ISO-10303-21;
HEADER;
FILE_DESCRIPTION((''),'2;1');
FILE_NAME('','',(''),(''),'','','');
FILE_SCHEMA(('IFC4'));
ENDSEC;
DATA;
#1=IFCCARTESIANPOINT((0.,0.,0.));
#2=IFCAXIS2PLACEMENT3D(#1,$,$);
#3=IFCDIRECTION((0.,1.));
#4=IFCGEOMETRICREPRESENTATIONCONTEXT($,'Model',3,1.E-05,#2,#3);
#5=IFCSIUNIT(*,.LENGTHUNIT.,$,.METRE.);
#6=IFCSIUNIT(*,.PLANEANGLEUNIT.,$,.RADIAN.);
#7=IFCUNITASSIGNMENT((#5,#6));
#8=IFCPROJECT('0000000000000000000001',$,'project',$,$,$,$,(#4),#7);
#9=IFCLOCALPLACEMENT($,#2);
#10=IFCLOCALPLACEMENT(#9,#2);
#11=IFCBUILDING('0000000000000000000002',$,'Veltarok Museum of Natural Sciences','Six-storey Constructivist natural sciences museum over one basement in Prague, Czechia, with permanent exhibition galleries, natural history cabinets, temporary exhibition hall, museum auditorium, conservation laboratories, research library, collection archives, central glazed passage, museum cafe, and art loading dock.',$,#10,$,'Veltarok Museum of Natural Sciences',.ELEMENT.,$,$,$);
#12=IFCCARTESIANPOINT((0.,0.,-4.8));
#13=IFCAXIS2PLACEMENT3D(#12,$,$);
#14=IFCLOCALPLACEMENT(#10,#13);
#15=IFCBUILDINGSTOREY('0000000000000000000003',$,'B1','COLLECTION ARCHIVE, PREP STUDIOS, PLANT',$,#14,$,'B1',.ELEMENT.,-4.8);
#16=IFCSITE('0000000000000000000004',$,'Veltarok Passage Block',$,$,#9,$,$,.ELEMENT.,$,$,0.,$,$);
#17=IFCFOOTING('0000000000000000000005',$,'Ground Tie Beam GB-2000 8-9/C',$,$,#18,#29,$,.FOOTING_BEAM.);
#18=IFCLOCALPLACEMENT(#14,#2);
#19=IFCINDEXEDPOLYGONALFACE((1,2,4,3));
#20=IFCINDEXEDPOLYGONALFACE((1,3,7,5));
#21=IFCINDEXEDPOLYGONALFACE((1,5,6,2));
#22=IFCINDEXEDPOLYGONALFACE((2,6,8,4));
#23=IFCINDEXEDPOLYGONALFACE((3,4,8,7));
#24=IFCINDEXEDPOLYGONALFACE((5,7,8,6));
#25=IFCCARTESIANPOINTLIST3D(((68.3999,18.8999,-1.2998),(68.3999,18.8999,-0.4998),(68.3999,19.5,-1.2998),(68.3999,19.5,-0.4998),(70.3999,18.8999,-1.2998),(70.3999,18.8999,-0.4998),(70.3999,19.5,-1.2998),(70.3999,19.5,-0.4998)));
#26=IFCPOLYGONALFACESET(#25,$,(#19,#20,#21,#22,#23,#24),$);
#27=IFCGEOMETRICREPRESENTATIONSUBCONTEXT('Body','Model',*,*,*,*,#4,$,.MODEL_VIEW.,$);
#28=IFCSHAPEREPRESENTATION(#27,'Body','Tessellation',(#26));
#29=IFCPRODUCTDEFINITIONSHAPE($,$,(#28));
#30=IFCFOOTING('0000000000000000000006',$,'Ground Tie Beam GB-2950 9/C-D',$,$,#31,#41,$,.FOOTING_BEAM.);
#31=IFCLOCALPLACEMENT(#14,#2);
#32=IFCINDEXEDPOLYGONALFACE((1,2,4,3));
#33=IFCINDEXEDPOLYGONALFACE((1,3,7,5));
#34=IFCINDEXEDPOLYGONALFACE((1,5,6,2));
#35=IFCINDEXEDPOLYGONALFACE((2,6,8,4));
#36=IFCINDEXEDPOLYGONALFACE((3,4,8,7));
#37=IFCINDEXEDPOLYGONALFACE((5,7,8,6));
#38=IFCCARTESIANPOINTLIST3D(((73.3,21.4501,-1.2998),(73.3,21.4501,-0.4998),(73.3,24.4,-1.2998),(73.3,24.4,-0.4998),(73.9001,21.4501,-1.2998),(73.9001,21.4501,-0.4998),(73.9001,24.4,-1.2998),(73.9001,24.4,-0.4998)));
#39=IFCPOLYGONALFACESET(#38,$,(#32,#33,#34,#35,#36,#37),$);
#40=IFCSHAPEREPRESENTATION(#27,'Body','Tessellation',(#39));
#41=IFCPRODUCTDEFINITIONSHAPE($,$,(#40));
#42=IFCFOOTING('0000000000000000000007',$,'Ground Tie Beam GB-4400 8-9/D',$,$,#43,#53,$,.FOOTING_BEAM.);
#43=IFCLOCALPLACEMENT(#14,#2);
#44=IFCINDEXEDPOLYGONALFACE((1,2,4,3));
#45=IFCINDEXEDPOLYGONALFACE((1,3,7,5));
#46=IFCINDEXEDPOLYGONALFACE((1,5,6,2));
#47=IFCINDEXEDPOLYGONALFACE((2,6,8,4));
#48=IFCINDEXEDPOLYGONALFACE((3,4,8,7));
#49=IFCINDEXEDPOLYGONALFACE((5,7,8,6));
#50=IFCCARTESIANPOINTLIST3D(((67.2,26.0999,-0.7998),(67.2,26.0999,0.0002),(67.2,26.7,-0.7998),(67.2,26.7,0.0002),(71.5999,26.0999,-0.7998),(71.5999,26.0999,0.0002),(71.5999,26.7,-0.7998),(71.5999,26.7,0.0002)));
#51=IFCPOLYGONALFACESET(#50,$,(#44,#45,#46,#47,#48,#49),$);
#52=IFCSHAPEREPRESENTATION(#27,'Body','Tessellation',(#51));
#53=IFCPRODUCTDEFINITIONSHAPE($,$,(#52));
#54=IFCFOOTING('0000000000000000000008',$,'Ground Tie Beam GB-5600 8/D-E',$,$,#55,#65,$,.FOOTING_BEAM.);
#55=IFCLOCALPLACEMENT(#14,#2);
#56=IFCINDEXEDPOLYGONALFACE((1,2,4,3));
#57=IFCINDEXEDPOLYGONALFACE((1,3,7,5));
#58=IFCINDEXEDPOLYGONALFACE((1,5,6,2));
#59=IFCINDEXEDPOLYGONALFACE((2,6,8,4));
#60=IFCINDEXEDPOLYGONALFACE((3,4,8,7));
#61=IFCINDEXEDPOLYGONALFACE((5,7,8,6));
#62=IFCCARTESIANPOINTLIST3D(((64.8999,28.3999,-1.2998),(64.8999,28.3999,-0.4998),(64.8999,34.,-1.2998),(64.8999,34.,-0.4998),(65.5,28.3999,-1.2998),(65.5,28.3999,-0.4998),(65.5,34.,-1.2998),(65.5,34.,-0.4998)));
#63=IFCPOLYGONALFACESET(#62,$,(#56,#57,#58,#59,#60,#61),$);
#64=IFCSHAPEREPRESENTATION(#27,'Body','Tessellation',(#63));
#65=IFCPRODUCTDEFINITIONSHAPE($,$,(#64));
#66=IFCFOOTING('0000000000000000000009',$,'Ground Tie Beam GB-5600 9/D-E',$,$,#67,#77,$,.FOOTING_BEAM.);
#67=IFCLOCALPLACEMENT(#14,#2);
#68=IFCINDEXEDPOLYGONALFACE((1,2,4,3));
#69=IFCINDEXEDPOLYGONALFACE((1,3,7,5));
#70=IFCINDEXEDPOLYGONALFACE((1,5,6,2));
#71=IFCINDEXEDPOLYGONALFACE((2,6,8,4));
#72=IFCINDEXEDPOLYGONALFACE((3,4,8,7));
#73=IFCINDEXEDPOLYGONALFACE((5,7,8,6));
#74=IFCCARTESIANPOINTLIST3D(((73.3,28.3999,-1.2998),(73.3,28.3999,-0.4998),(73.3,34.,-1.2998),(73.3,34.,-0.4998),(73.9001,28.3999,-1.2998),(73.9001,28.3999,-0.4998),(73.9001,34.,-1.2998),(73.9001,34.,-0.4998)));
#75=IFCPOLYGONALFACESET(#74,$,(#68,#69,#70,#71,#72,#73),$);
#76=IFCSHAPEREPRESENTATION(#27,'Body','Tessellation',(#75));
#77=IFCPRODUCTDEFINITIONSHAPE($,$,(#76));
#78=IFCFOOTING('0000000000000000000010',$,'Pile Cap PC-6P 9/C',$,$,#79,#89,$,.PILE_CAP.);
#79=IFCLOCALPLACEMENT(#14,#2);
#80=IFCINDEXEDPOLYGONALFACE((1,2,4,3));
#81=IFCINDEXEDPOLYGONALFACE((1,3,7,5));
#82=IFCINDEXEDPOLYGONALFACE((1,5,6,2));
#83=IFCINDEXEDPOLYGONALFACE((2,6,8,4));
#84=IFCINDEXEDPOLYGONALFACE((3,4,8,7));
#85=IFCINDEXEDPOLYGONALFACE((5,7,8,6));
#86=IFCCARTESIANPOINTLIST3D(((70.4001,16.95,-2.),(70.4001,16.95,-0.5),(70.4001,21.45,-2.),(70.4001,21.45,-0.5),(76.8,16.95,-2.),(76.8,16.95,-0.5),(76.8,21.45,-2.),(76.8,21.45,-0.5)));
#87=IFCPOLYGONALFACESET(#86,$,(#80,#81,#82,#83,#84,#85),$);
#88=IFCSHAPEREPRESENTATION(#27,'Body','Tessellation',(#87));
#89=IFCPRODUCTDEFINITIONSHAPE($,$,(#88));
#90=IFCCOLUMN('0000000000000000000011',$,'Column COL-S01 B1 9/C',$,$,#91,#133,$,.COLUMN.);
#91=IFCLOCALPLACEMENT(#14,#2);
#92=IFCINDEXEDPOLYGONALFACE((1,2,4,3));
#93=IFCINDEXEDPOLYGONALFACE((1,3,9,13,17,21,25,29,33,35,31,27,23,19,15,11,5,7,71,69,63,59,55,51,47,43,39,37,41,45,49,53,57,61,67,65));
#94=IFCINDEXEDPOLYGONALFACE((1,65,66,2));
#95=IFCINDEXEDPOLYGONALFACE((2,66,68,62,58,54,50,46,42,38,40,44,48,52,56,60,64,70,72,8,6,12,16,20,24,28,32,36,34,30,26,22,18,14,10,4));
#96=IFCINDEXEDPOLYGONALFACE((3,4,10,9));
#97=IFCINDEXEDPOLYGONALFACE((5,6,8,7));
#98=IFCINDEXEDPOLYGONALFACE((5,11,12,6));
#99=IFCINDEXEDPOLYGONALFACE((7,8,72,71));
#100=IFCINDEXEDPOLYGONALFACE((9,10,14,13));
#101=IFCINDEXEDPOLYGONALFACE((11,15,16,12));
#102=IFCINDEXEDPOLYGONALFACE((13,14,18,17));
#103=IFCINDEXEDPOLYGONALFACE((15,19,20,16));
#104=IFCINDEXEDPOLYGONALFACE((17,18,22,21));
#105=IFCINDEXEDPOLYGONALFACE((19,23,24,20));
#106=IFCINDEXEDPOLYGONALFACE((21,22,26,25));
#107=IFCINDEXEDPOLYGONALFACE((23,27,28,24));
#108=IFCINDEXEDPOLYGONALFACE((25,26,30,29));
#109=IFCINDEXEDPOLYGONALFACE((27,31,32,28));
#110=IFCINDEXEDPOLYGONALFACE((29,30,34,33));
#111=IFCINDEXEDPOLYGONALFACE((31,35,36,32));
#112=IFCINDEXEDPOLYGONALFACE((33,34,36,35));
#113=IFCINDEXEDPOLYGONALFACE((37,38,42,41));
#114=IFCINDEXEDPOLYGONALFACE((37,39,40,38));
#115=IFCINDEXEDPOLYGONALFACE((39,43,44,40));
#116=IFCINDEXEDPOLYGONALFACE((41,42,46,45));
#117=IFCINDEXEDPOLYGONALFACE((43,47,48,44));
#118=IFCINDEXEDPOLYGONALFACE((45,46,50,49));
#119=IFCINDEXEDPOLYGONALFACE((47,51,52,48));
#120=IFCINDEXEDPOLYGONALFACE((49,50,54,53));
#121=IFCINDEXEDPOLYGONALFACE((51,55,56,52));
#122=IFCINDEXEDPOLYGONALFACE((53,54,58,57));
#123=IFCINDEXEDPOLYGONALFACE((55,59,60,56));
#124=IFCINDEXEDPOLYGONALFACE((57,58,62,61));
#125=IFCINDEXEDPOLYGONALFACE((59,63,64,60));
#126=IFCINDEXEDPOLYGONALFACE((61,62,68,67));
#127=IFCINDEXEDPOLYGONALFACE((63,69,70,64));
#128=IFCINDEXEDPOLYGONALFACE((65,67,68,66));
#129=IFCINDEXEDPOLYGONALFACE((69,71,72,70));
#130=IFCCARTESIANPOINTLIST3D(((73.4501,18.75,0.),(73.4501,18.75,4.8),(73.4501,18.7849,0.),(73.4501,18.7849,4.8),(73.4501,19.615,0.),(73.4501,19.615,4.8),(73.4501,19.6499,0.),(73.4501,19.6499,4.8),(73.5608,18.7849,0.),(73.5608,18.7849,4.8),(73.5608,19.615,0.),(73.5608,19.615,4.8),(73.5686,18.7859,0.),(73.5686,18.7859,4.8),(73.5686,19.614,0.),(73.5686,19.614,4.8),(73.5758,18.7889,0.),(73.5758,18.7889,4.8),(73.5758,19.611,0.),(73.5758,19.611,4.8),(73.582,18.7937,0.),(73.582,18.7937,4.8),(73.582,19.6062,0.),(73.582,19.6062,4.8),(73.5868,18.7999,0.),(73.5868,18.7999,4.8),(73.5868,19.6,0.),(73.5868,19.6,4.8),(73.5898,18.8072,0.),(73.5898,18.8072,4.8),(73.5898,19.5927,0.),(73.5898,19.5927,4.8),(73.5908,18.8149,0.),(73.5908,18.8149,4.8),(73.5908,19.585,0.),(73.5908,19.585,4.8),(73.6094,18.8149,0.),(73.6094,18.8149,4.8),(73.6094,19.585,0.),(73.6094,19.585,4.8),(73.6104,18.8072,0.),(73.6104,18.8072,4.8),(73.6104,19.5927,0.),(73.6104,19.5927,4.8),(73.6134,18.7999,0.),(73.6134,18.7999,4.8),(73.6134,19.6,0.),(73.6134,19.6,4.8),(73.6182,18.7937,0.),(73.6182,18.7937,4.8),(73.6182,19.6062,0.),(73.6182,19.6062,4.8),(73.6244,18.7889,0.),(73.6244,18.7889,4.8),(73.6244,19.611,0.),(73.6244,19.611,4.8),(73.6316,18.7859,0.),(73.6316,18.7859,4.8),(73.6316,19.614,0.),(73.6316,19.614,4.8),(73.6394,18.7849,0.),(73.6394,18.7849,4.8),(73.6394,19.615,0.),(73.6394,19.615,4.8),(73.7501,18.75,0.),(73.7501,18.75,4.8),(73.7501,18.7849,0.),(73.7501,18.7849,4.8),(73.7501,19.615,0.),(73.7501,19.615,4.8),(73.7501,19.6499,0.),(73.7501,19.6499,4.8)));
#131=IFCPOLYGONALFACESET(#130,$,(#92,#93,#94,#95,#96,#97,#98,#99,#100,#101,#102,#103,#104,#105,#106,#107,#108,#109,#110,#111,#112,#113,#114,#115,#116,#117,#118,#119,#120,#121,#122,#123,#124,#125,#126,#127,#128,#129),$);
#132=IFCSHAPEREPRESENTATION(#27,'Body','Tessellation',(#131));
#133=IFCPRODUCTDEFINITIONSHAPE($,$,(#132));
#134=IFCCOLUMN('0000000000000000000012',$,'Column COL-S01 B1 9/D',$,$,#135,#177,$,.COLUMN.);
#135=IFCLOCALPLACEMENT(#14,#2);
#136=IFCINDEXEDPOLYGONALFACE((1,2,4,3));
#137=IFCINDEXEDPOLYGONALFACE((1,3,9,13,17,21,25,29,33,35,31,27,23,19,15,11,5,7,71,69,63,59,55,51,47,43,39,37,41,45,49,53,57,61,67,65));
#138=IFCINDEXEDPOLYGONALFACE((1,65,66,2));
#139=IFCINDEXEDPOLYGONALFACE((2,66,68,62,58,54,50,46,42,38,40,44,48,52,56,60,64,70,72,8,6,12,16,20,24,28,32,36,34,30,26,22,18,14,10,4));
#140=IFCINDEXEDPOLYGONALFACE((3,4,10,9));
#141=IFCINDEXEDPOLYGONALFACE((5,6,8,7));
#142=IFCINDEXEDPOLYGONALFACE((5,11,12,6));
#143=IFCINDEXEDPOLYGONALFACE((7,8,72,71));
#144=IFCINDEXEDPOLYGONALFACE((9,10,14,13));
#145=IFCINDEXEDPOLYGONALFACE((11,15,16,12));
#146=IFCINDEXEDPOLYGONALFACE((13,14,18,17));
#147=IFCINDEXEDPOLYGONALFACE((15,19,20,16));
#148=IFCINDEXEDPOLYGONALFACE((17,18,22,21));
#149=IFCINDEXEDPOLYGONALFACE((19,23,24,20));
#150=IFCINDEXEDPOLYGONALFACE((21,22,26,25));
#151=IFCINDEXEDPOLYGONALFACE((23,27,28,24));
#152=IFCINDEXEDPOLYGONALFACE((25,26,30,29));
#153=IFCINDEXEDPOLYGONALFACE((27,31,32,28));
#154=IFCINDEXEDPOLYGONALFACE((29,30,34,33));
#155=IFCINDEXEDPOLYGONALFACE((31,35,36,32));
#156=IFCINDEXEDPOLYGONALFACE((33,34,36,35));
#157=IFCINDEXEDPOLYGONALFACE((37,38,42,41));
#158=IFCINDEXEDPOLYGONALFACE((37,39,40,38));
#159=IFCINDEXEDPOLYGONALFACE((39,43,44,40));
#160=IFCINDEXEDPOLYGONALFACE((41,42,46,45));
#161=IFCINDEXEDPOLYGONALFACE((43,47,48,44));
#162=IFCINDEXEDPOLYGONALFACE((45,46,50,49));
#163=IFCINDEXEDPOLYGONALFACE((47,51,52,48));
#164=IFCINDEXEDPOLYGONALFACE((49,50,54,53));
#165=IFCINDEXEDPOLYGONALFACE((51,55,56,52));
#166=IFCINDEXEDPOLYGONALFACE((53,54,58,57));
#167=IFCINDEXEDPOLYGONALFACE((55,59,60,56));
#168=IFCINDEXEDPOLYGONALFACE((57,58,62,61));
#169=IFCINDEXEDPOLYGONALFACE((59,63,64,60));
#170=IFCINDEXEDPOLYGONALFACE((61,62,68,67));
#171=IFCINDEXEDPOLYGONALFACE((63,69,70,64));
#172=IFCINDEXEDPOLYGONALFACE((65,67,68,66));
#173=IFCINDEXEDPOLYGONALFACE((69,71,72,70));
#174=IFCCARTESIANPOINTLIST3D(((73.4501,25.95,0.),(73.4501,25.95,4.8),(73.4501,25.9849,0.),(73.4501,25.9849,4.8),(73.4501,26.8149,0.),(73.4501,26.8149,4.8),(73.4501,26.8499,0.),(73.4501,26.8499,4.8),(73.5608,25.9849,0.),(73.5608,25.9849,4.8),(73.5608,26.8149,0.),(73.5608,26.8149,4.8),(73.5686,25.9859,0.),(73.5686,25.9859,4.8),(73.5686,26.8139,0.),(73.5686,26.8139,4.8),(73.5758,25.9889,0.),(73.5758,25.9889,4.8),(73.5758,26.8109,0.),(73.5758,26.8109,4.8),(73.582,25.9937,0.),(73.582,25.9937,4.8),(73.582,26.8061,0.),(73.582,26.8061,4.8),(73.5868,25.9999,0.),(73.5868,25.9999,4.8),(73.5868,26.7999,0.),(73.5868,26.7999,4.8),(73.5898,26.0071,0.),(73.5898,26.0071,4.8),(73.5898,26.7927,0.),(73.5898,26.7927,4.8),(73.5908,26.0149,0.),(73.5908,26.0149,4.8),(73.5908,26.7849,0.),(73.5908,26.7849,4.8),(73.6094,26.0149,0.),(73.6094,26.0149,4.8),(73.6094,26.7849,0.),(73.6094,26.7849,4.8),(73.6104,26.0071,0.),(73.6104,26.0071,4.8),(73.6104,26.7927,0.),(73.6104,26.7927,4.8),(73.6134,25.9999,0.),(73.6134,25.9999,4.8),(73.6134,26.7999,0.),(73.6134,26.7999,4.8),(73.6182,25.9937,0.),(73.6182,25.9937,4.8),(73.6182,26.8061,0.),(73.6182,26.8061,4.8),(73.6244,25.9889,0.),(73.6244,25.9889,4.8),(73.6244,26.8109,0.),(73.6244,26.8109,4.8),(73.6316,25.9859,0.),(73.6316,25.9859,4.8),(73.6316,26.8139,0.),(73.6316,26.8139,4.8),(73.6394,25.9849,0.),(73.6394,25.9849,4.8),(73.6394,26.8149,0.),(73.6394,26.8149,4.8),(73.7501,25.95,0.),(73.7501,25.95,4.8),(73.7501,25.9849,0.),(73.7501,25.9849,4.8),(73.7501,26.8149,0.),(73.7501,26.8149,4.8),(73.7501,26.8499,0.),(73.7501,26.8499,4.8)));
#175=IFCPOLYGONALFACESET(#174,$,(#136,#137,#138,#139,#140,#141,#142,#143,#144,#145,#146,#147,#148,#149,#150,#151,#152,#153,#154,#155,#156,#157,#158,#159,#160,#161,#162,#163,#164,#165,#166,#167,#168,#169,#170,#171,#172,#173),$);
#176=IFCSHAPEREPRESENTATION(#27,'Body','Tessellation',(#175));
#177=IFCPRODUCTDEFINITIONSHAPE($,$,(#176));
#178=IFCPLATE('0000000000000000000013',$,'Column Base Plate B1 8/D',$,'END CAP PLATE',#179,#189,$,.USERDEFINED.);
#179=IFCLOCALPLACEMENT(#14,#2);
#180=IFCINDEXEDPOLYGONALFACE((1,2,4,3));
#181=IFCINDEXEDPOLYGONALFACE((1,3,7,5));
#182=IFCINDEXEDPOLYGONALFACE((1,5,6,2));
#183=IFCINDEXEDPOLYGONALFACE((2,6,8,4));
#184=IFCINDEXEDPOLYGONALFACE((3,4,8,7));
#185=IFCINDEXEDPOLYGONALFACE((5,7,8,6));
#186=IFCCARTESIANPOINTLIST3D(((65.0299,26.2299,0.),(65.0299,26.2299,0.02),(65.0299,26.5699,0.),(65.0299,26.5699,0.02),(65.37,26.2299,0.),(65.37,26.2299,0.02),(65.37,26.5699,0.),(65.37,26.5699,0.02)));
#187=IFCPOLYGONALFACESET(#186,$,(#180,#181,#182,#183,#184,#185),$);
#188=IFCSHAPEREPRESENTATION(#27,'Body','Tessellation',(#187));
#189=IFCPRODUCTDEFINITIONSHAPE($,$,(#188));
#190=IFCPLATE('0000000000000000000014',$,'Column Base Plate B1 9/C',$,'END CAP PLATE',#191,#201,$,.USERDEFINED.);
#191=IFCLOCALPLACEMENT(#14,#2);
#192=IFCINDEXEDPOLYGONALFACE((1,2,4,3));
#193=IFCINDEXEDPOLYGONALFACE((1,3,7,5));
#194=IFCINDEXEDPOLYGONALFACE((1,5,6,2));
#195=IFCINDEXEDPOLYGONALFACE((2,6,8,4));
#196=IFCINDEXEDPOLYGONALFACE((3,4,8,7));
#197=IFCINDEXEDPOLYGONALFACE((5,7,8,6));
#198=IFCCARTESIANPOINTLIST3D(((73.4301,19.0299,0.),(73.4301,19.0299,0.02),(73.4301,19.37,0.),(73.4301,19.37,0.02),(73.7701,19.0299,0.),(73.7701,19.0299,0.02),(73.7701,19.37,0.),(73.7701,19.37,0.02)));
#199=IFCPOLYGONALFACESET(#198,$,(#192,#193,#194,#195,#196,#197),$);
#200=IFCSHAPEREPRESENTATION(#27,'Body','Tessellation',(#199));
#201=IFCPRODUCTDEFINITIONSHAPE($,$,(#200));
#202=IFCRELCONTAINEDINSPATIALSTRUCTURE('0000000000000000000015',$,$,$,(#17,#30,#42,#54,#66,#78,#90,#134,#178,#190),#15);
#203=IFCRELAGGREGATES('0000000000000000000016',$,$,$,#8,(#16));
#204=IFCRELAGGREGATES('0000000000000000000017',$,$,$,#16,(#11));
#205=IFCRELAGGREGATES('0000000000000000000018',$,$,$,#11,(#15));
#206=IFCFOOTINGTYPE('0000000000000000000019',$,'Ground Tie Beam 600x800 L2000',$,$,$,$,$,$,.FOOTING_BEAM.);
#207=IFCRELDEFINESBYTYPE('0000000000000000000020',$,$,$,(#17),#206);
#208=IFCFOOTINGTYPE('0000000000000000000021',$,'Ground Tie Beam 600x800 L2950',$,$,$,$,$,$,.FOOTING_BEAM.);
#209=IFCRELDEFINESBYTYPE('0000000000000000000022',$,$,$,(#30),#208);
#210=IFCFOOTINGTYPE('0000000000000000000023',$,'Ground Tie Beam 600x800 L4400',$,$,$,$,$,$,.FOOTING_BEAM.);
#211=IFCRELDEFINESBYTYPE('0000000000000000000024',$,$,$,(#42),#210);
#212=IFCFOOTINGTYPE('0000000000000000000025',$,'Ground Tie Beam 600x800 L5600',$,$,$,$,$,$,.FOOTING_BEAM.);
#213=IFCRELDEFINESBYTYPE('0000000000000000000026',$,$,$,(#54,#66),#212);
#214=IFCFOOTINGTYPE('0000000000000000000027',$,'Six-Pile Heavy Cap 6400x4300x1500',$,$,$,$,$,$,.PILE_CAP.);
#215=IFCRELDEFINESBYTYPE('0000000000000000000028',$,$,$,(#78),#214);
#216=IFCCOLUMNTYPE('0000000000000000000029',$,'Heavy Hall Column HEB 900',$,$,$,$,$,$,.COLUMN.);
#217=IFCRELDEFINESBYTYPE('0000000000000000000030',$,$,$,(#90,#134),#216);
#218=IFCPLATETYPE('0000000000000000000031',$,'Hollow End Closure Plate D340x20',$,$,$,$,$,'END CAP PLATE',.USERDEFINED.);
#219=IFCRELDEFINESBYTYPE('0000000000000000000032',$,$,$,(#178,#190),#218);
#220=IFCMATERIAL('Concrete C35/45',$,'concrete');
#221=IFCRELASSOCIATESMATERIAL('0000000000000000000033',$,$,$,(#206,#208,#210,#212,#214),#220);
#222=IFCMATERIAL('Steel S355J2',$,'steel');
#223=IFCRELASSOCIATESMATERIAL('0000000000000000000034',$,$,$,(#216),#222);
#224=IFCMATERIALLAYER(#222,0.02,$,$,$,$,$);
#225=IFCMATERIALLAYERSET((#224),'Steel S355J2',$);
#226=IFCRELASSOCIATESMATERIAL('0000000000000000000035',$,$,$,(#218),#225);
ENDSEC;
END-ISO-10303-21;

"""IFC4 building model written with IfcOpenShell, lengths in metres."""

from ifc_helpers import new_model, si_unit, direction, frame, origin, origin_2d, place, context, subcontext, project, spatial, rectangle, i_section, extrude, material, layer, layer_set, material_profile, profile_set, type_object, element, save


model = new_model("IFC4")

# Units and contexts
model_context = context("Model", 3, precision=1e-05, world=origin(), true_north=direction((0.0, 1.0)))
body_context = subcontext(model_context, "Body", "Model", "MODEL_VIEW")
ifc_project = project(units=[si_unit("LENGTHUNIT", "METRE"), si_unit("PLANEANGLEUNIT", "RADIAN")], contexts=[model_context])

# Site, building, storey
site_placement = place(None, origin())
site = spatial("IfcSite", under=ifc_project, at=site_placement, Name="Veltarok Passage Block", CompositionType="ELEMENT", RefElevation=0.0)
building_placement = place(site_placement, origin())
building = spatial("IfcBuilding", under=site, at=building_placement, Name="Veltarok Museum of Natural Sciences", Description="Six-storey Constructivist natural sciences museum over one basement in Prague, Czechia, with permanent exhibition galleries, natural history cabinets, temporary exhibition hall, museum auditorium, conservation laboratories, research library, collection archives, central glazed passage, museum cafe, and art loading dock.", LongName="Veltarok Museum of Natural Sciences", CompositionType="ELEMENT")
storey_placement = place(building_placement, frame((0.0, 0.0, -4.8)))
storey = spatial("IfcBuildingStorey", under=building, at=storey_placement, Name="B1", Description="COLLECTION ARCHIVE, PREP STUDIOS, PLANT", LongName="B1", CompositionType="ELEMENT", Elevation=-4.8)

# Shared definitions
ifc_material_1 = material(Name="Concrete C35/45", Category="concrete")

# Footings
footing_type_1 = type_object("IfcFootingType", Name="Ground Tie Beam 600x800 L2000", PredefinedType="FOOTING_BEAM", material=ifc_material_1)
footing_1_placement = place(storey_placement, frame((69.3999, 19.2, -1.2998), z_axis=(0.0, 0.0, 1.0), x_axis=(1.0, 0.0, 0.0)))
element("IfcFooting", 1, at=footing_1_placement, inside=storey, type_object=footing_type_1, Name="Ground Tie Beam GB-2000 8-9/C", PredefinedType="FOOTING_BEAM", context=body_context, shape_type="SweptSolid", body=[
    extrude(rectangle(XDim=2.0, YDim=0.6001, at=origin_2d()), origin(), (0.0, 0.0, 1.0), 0.8),
])
footing_type_2 = type_object("IfcFootingType", Name="Ground Tie Beam 600x800 L2950", PredefinedType="FOOTING_BEAM", material=ifc_material_1)
footing_2_placement = place(storey_placement, frame((73.6001, 22.925, -1.2998), z_axis=(0.0, 0.0, 1.0), x_axis=(0.0, 1.0, 0.0)))
element("IfcFooting", 2, at=footing_2_placement, inside=storey, type_object=footing_type_2, Name="Ground Tie Beam GB-2950 9/C-D", PredefinedType="FOOTING_BEAM", context=body_context, shape_type="SweptSolid", body=[
    extrude(rectangle(XDim=2.95, YDim=0.6001, at=origin_2d()), origin(), (0.0, 0.0, 1.0), 0.8),
])
footing_type_3 = type_object("IfcFootingType", Name="Ground Tie Beam 600x800 L4400", PredefinedType="FOOTING_BEAM", material=ifc_material_1)
footing_3_placement = place(storey_placement, frame((69.3999, 26.3999, -0.7998), z_axis=(0.0, 0.0, 1.0), x_axis=(1.0, 0.0, 0.0)))
element("IfcFooting", 3, at=footing_3_placement, inside=storey, type_object=footing_type_3, Name="Ground Tie Beam GB-4400 8-9/D", PredefinedType="FOOTING_BEAM", context=body_context, shape_type="SweptSolid", body=[
    extrude(rectangle(XDim=4.3999, YDim=0.6001, at=origin_2d()), origin(), (0.0, 0.0, 1.0), 0.8),
])
footing_type_4 = type_object("IfcFootingType", Name="Ground Tie Beam 600x800 L5600", PredefinedType="FOOTING_BEAM", material=ifc_material_1)
for number, where, z_axis, x_axis, name in (
    (4, (65.2, 31.2, -1.2998), (0.0, 0.0, 1.0), (0.0, 1.0, 0.0), "Ground Tie Beam GB-5600 8/D-E"),
    (5, (73.6001, 31.2, -1.2998), (0.0, 0.0, 1.0), (0.0, 1.0, 0.0), "Ground Tie Beam GB-5600 9/D-E"),
):
    element("IfcFooting", number, at=place(storey_placement, frame(where, z_axis=z_axis, x_axis=x_axis)), inside=storey, type_object=footing_type_4, Name=name, PredefinedType="FOOTING_BEAM", context=body_context, shape_type="SweptSolid", body=[
        extrude(rectangle(XDim=5.6001, YDim=0.6001, at=origin_2d()), origin(), (0.0, 0.0, 1.0), 0.8),
    ])
footing_type_5 = type_object("IfcFootingType", Name="Six-Pile Heavy Cap 6400x4300x1500", PredefinedType="PILE_CAP", material=ifc_material_1)
footing_4_placement = place(storey_placement, frame((73.6001, 19.2, -2.0), z_axis=(0.0, 0.0, 1.0), x_axis=(1.0, 0.0, 0.0)))
element("IfcFooting", 6, at=footing_4_placement, inside=storey, type_object=footing_type_5, Name="Pile Cap PC-6P 9/C", PredefinedType="PILE_CAP", context=body_context, shape_type="SweptSolid", body=[
    extrude(rectangle(XDim=6.3999, YDim=4.5, at=origin_2d()), origin(), (0.0, 0.0, 1.0), 1.5),
])

# Columns
ifc_material_2 = material(Name="Steel S355J2", Category="steel")
ifc_material_profile_1 = material_profile(ifc_material_2, i_section(OverallWidth=0.3, OverallDepth=0.8999, WebThickness=0.0186, FlangeThickness=0.0349, FilletRadius=0.03, at=origin_2d()), Name="HEB 900")
ifc_profile_set_1 = profile_set([ifc_material_profile_1], Name="Steel S355J2")
column_type = type_object("IfcColumnType", Name="Heavy Hall Column HEB 900", PredefinedType="COLUMN", material=ifc_profile_set_1)
for number, where, z_axis, x_axis, name in (
    (7, (73.6001, 19.2, 0.0), (0.0, 0.0, 1.0), (1.0, 0.0, 0.0), "Column COL-S01 B1 9/C"),
    (8, (73.6001, 26.3999, 0.0), (0.0, 0.0, 1.0), (1.0, 0.0, 0.0), "Column COL-S01 B1 9/D"),
):
    element("IfcColumn", number, at=place(storey_placement, frame(where, z_axis=z_axis, x_axis=x_axis)), inside=storey, type_object=column_type, Name=name, PredefinedType="COLUMN", context=body_context, shape_type="SweptSolid", body=[
        extrude(i_section(OverallWidth=0.3, OverallDepth=0.8999, WebThickness=0.0186, FlangeThickness=0.0349, FilletRadius=0.03, at=origin_2d()), origin(), (0.0, 0.0, 1.0), 4.8),
    ])

# Plates
ifc_layer_1 = layer(ifc_material_2, 0.02)
ifc_layer_set_1 = layer_set([ifc_layer_1], Name="Steel S355J2")
plate_type = type_object("IfcPlateType", Name="Hollow End Closure Plate D340x20", ElementType="END CAP PLATE", PredefinedType="USERDEFINED", material=ifc_layer_set_1)
for number, where, z_axis, x_axis, name in (
    (9, (65.2, 26.3999, 0.0), (0.0, 0.0, 1.0), (1.0, 0.0, 0.0), "Column Base Plate B1 8/D"),
    (10, (73.6001, 19.2, 0.0), (0.0, 0.0, 1.0), (1.0, 0.0, 0.0), "Column Base Plate B1 9/C"),
):
    element("IfcPlate", number, at=place(storey_placement, frame(where, z_axis=z_axis, x_axis=x_axis)), inside=storey, type_object=plate_type, Name=name, ObjectType="END CAP PLATE", PredefinedType="USERDEFINED", context=body_context, shape_type="SweptSolid", body=[
        extrude(rectangle(XDim=0.3401, YDim=0.3401, at=origin_2d()), origin(), (0.0, 0.0, 1.0), 0.02),
    ])

save(model, "model.ifc")
